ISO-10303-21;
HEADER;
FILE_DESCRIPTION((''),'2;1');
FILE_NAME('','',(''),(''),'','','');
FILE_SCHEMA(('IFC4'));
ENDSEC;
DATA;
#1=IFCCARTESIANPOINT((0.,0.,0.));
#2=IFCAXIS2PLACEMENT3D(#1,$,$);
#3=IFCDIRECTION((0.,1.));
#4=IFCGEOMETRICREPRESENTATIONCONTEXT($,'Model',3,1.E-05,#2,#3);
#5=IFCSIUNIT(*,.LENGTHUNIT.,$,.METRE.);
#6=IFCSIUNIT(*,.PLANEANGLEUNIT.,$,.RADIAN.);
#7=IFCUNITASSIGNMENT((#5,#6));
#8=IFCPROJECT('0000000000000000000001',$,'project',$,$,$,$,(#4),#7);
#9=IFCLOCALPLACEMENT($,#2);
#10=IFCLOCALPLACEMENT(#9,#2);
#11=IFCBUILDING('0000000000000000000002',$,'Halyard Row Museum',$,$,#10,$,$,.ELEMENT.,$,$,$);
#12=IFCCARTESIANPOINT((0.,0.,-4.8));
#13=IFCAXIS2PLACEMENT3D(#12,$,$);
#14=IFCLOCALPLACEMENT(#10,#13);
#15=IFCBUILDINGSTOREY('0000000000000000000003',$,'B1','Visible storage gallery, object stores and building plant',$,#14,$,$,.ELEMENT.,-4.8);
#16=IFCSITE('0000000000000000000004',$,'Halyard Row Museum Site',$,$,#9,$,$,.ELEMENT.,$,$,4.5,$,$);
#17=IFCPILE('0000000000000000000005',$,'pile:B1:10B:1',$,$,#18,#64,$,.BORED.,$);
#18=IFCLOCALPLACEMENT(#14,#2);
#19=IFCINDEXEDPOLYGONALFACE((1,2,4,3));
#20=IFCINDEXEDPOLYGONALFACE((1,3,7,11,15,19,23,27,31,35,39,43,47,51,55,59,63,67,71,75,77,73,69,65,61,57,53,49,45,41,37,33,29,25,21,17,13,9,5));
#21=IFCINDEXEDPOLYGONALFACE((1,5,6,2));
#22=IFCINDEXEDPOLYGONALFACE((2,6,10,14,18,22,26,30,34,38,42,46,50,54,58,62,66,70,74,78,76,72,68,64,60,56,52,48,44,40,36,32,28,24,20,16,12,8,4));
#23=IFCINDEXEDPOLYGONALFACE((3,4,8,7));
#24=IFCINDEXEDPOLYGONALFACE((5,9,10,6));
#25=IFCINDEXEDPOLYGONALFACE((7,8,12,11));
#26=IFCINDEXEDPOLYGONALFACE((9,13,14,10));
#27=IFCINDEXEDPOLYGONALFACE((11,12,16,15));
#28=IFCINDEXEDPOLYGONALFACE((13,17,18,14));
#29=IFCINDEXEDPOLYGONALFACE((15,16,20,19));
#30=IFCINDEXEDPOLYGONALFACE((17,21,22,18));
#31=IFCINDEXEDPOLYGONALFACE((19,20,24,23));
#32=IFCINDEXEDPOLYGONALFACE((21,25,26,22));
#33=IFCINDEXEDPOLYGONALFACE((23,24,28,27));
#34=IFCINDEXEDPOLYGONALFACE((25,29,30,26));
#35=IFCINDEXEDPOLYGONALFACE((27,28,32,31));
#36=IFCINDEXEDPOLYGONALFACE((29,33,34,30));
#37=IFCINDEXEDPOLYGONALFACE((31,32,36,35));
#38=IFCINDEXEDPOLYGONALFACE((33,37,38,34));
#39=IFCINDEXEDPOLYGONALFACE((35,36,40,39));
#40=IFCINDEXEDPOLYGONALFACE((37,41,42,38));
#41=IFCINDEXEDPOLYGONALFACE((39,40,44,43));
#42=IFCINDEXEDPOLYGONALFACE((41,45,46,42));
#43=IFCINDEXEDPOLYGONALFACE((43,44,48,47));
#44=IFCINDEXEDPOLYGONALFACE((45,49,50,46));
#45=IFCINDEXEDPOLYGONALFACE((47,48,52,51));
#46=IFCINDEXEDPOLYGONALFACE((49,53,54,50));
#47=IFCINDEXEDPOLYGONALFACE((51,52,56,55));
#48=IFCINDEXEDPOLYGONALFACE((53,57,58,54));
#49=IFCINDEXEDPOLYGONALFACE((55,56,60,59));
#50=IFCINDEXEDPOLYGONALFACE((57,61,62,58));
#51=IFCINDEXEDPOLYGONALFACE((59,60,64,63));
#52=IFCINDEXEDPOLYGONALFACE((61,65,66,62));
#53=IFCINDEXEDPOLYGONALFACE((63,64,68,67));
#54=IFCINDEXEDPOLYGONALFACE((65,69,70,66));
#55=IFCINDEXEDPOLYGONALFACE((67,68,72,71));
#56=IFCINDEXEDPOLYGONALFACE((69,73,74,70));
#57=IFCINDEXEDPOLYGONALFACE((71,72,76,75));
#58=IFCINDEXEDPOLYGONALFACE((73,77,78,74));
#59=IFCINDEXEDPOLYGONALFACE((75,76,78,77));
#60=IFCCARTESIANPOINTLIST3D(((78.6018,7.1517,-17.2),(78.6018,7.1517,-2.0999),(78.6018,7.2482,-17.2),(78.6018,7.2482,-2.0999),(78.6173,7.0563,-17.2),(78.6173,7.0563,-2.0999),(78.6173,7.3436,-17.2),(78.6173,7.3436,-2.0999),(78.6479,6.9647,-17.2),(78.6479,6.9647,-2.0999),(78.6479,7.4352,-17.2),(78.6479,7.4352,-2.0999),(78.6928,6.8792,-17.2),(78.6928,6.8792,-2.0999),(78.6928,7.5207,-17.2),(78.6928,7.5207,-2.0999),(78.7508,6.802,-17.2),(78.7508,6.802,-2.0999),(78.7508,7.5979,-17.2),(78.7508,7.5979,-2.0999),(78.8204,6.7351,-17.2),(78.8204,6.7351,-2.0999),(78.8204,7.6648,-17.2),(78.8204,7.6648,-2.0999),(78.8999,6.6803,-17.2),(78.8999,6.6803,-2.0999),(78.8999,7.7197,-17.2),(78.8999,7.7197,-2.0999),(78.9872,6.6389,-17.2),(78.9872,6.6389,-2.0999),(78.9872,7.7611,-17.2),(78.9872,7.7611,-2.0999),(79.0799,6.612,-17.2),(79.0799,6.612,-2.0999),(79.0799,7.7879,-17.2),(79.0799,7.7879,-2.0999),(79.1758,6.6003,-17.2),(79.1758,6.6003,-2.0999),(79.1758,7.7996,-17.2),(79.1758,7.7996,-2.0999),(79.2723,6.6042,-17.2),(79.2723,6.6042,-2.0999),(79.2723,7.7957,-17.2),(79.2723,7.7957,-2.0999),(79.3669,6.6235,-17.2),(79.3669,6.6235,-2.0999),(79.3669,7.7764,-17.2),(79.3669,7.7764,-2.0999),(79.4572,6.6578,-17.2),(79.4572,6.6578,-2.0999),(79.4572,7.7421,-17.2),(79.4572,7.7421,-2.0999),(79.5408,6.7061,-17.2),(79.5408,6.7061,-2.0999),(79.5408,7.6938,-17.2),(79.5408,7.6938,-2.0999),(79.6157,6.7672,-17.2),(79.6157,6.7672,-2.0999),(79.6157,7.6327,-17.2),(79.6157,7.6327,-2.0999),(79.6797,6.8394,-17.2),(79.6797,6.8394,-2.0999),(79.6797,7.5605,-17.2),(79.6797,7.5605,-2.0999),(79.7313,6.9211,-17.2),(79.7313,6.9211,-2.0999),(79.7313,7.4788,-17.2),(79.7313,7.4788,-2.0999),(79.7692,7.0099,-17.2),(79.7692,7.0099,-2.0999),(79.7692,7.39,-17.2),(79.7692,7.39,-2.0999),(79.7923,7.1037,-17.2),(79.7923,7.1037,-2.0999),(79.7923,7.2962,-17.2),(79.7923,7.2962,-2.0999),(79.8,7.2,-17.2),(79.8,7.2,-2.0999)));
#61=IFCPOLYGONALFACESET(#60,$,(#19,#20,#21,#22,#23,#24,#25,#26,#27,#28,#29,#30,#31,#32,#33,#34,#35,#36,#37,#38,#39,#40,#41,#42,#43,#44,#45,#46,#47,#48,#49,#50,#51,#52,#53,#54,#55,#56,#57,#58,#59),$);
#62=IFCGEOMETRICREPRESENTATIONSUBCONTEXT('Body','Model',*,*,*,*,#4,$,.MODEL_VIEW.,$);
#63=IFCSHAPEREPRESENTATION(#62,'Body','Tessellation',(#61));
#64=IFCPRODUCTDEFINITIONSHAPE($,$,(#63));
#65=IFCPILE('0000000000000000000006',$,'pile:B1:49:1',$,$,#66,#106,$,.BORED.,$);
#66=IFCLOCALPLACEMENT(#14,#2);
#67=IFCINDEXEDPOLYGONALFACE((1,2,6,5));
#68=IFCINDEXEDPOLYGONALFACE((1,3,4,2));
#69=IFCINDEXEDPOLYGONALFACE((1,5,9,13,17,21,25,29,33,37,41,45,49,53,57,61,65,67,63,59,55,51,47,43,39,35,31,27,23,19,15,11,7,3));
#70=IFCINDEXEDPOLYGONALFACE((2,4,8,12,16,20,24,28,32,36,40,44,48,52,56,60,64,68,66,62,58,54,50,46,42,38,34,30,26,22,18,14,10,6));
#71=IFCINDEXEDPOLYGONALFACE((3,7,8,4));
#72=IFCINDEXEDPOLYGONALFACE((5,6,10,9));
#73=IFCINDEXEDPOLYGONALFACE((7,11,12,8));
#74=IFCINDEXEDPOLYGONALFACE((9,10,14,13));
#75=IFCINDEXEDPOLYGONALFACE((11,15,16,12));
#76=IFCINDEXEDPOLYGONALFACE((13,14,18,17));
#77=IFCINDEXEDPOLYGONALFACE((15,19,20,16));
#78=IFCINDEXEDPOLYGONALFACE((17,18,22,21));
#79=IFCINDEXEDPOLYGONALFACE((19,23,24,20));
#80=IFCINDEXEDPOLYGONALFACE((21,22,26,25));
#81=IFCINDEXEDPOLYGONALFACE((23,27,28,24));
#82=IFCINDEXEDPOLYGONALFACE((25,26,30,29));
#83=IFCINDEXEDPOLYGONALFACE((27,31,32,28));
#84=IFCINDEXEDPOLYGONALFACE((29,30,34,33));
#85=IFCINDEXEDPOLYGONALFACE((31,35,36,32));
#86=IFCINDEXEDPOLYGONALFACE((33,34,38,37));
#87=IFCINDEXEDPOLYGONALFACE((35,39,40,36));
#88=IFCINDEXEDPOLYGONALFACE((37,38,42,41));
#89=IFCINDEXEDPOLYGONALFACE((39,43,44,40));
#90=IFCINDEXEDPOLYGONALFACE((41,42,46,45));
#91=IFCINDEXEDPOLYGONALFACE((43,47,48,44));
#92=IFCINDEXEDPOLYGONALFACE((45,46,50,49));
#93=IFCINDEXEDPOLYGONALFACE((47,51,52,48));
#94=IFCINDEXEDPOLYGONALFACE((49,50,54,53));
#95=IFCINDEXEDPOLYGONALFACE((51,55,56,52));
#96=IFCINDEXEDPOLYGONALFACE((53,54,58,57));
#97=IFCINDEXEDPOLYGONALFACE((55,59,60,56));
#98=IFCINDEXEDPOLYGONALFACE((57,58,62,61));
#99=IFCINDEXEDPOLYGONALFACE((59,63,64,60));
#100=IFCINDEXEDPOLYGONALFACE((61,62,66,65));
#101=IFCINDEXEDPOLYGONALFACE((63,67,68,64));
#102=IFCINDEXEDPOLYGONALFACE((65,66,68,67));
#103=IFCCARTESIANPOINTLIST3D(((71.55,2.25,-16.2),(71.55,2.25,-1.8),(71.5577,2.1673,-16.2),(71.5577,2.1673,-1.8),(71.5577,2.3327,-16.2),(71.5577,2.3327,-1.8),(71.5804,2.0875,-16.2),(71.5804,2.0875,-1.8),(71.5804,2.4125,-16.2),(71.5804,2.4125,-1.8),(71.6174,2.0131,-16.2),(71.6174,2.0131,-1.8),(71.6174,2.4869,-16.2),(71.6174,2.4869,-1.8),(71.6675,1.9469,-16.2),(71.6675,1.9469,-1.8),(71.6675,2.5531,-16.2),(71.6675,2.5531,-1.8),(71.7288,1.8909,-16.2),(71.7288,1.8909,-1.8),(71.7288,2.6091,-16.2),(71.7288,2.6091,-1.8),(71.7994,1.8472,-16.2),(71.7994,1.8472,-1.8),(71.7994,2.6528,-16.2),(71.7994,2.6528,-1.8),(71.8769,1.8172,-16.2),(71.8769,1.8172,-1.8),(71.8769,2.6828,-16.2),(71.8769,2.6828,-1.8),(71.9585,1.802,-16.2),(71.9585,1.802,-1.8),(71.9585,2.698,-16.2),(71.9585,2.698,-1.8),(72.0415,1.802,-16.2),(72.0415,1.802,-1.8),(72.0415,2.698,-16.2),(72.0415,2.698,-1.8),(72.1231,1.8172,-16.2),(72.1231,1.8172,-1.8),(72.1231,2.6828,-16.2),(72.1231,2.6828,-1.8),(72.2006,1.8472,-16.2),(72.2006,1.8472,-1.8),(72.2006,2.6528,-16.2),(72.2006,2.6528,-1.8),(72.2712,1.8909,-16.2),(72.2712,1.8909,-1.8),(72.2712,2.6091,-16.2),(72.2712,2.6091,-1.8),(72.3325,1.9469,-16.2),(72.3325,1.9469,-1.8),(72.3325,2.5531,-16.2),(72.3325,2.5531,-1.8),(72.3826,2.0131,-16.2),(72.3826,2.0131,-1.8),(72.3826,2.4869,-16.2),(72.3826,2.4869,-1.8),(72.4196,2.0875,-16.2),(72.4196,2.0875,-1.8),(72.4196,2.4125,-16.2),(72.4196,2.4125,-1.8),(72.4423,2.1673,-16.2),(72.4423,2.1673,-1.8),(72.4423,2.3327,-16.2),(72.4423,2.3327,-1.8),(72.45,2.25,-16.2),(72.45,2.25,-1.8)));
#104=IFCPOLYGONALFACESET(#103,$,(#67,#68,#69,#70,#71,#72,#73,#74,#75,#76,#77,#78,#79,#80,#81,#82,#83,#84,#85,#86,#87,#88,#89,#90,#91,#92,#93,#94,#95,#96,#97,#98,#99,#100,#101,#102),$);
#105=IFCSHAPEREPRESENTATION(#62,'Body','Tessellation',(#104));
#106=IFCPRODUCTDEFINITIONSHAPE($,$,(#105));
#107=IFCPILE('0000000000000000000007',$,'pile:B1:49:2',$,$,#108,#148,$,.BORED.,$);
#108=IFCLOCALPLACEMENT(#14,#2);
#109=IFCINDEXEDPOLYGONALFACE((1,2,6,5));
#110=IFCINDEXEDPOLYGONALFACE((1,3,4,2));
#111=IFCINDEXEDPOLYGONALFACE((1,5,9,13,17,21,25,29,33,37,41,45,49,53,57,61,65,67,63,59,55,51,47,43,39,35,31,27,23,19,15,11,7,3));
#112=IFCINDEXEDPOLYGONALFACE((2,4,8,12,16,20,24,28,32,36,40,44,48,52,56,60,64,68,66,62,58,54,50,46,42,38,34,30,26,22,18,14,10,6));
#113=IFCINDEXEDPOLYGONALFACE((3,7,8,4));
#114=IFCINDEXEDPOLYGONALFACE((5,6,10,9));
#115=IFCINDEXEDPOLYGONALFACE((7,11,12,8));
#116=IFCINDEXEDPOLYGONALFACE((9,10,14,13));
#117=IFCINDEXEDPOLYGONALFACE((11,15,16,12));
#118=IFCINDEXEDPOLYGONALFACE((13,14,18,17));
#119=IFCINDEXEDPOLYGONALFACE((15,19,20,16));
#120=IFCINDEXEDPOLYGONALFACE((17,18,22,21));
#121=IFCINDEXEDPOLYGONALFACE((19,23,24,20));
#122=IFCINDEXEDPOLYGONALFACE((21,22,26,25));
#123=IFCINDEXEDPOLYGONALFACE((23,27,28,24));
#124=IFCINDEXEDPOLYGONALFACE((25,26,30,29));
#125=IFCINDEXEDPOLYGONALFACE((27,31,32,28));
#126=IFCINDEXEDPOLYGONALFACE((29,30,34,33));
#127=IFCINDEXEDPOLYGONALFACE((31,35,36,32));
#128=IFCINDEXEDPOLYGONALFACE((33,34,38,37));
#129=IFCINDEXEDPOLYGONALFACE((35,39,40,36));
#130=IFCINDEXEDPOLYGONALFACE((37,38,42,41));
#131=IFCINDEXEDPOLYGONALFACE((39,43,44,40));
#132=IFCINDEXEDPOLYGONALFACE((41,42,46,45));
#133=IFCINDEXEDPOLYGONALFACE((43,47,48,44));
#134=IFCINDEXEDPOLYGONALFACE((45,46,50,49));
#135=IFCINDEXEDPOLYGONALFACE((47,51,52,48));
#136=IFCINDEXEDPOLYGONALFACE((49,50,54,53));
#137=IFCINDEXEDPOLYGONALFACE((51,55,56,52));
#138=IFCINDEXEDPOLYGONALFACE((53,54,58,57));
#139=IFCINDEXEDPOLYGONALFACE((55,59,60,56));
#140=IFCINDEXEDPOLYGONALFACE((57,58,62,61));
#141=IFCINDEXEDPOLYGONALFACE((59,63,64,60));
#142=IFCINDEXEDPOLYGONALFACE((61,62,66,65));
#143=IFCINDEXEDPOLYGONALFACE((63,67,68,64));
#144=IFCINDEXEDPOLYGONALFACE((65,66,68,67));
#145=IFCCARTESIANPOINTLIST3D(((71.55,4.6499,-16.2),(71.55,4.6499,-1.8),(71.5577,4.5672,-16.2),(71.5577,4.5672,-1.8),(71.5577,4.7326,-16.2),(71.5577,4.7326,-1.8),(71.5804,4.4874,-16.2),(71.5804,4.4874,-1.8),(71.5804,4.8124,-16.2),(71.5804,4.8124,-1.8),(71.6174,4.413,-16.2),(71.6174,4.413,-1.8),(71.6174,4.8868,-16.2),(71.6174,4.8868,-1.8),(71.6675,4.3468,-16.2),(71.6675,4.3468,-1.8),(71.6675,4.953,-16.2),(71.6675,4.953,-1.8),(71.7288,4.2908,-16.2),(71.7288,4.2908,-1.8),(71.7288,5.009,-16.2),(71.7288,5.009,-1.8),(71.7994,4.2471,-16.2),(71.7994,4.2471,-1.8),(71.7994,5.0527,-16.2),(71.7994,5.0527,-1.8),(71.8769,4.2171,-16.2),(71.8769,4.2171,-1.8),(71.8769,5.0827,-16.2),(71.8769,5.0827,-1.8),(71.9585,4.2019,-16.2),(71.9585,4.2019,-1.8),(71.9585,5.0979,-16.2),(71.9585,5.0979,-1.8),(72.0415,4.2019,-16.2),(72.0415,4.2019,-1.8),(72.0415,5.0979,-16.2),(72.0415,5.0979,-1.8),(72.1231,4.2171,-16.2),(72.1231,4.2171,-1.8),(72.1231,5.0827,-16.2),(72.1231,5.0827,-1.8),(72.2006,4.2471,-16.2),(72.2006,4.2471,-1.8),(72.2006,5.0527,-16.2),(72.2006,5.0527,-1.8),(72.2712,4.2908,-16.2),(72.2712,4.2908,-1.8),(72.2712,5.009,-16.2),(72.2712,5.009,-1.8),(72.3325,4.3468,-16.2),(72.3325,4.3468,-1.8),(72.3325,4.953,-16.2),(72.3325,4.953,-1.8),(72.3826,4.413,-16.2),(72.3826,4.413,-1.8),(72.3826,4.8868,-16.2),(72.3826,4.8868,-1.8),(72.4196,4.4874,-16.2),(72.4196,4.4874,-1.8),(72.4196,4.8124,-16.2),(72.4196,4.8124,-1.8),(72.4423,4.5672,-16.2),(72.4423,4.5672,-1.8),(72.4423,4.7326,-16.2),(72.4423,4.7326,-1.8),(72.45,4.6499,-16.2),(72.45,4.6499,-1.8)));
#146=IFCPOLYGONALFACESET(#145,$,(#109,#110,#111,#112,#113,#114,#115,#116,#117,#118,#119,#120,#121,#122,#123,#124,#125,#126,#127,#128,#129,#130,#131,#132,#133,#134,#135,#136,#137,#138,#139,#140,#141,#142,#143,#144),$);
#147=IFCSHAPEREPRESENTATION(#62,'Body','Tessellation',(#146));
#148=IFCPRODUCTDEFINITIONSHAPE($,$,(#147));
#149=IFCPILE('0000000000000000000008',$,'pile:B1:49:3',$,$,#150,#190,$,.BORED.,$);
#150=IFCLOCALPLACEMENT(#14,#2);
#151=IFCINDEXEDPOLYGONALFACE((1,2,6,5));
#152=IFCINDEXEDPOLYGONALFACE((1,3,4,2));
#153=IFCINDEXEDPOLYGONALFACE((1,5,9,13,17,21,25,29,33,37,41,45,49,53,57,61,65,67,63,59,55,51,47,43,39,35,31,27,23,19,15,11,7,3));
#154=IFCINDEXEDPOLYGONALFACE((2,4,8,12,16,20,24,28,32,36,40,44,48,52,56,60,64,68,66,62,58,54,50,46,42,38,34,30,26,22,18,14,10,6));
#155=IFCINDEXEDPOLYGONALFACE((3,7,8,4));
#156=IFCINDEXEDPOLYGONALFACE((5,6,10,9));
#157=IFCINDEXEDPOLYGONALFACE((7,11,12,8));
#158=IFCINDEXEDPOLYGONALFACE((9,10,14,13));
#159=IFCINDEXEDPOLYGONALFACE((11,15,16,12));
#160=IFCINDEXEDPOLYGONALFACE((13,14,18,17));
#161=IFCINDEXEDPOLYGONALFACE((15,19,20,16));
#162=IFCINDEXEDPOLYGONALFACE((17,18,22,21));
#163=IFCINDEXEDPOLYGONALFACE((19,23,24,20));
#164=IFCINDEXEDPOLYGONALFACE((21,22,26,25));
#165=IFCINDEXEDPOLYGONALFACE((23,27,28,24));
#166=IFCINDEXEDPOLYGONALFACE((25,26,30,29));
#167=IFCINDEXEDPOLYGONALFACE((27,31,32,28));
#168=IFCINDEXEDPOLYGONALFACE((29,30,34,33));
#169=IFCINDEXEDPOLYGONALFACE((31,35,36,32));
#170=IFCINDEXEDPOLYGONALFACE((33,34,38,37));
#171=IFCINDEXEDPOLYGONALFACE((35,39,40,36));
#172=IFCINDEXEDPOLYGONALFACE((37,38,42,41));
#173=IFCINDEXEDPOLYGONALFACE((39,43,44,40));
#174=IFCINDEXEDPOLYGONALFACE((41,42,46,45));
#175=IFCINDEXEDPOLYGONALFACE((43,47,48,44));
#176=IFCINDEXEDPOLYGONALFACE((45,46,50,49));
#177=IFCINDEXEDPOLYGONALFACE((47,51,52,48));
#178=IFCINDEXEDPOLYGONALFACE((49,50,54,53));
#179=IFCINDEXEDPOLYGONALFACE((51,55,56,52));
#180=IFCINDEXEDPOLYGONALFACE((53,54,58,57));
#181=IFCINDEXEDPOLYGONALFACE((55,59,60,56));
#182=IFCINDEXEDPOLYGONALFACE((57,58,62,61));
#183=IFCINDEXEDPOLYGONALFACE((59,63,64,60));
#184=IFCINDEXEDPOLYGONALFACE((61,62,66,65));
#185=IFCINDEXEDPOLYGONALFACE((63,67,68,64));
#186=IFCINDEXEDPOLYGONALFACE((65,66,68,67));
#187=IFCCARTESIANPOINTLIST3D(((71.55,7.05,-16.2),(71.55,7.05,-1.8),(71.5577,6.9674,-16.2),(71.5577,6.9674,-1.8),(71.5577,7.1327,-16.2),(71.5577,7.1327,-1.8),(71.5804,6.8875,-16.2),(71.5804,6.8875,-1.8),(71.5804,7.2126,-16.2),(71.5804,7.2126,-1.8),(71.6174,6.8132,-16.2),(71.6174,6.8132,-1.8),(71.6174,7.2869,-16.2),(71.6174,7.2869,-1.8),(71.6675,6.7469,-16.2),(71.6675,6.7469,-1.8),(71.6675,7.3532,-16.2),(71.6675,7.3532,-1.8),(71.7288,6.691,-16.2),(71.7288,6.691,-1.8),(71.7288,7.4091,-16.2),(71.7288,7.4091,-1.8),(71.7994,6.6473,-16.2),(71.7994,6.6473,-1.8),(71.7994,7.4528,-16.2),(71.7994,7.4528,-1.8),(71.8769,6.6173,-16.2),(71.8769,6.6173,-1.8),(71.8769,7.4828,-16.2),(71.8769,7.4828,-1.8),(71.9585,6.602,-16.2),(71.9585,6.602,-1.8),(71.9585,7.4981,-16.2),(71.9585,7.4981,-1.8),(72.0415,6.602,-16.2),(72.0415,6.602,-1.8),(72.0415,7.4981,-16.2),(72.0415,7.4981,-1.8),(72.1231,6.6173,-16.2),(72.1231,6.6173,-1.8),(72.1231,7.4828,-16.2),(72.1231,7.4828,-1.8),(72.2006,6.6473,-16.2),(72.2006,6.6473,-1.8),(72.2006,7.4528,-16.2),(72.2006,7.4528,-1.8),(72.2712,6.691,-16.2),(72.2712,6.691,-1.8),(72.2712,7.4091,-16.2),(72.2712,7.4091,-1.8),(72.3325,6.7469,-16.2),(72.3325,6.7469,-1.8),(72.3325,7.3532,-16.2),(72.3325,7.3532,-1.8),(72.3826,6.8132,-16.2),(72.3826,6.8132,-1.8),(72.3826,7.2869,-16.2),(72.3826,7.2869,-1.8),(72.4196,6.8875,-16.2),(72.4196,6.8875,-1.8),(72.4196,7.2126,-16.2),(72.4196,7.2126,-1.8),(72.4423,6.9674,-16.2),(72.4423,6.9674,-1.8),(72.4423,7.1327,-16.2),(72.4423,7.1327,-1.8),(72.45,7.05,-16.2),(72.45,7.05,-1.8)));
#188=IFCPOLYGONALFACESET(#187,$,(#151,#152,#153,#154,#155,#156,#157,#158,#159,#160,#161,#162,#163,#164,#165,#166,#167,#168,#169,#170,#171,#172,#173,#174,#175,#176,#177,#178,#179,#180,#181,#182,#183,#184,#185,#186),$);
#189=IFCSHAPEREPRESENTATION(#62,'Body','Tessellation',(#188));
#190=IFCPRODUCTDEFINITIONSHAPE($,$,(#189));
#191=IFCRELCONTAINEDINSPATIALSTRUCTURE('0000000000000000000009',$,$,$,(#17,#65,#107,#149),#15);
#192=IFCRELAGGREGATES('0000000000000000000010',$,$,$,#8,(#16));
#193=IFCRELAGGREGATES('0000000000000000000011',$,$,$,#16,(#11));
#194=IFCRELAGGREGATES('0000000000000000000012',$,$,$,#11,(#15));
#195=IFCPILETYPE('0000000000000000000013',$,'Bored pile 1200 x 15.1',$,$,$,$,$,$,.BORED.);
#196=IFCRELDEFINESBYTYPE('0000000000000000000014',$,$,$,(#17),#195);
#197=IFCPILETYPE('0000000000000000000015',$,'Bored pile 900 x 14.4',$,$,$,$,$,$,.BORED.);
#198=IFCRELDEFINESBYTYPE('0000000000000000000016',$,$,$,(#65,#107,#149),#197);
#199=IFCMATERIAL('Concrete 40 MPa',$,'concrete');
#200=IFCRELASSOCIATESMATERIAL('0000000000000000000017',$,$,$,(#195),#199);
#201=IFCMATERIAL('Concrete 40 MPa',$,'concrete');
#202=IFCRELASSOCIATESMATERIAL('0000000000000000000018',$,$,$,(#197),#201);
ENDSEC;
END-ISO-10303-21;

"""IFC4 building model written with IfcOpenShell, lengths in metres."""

from ifc_helpers import new_model, si_unit, direction, frame, origin, origin_2d, place, context, subcontext, project, spatial, circle, extrude, material, material_profile, profile_set, type_object, element, save


model = new_model("IFC4")

# Units and contexts
model_context = context("Model", 3, precision=1e-05, world=origin(), true_north=direction((0.0, 1.0)))
body_context = subcontext(model_context, "Body", "Model", "MODEL_VIEW")
ifc_project = project(units=[si_unit("LENGTHUNIT", "METRE"), si_unit("PLANEANGLEUNIT", "RADIAN")], contexts=[model_context])

# Site, building, storey
site_placement = place(None, origin())
site = spatial("IfcSite", under=ifc_project, at=site_placement, Name="Halyard Row Museum Site", CompositionType="ELEMENT", RefElevation=4.5)
building_placement = place(site_placement, origin())
building = spatial("IfcBuilding", under=site, at=building_placement, Name="Halyard Row Museum", CompositionType="ELEMENT")
storey_placement = place(building_placement, frame((0.0, 0.0, -4.8)))
storey = spatial("IfcBuildingStorey", under=building, at=storey_placement, Name="B1", Description="Visible storage gallery, object stores and building plant", CompositionType="ELEMENT", Elevation=-4.8)

# Piles
ifc_material_1 = material(Name="Concrete 40 MPa", Category="concrete")
ifc_material_profile_1 = material_profile(ifc_material_1, circle(Radius=0.6001, at=origin_2d()), Name="Bored pile 1200 x 15.1")
ifc_profile_set_1 = profile_set([ifc_material_profile_1], Name="Concrete 40 MPa")
pile_type_1 = type_object("IfcPileType", Name="Bored pile 1200 x 15.1", PredefinedType="BORED", material=ifc_profile_set_1)
pile_placement = place(storey_placement, frame((79.2, 7.2, -2.0999), z_axis=(0.0, 0.0, -1.0), x_axis=(1.0, 0.0, 0.0)))
element("IfcPile", 1, at=pile_placement, inside=storey, type_object=pile_type_1, Name="pile:B1:10B:1", PredefinedType="BORED", context=body_context, shape_type="SweptSolid", body=[
    extrude(circle(Radius=0.6001, at=origin_2d()), origin(), (0.0, 0.0, 1.0), 15.1001),
])
ifc_material_2 = material(Name="Concrete 40 MPa", Category="concrete")
ifc_material_profile_2 = material_profile(ifc_material_2, circle(Radius=0.45, at=origin_2d()), Name="Bored pile 900 x 14.4")
ifc_profile_set_2 = profile_set([ifc_material_profile_2], Name="Concrete 40 MPa")
pile_type_2 = type_object("IfcPileType", Name="Bored pile 900 x 14.4", PredefinedType="BORED", material=ifc_profile_set_2)
for number, where, z_axis, x_axis, name in (
    (2, (72.0, 2.25, -1.8), (0.0, 0.0, -1.0), (1.0, 0.0, 0.0), "pile:B1:49:1"),
    (3, (72.0, 4.6499, -1.8), (0.0, 0.0, -1.0), (1.0, 0.0, 0.0), "pile:B1:49:2"),
    (4, (72.0, 7.05, -1.8), (0.0, 0.0, -1.0), (1.0, 0.0, 0.0), "pile:B1:49:3"),
):
    element("IfcPile", number, at=place(storey_placement, frame(where, z_axis=z_axis, x_axis=x_axis)), inside=storey, type_object=pile_type_2, Name=name, PredefinedType="BORED", context=body_context, shape_type="SweptSolid", body=[
        extrude(circle(Radius=0.45, at=origin_2d()), origin(), (0.0, 0.0, 1.0), 14.3999),
    ])

save(model, "model.ifc")
